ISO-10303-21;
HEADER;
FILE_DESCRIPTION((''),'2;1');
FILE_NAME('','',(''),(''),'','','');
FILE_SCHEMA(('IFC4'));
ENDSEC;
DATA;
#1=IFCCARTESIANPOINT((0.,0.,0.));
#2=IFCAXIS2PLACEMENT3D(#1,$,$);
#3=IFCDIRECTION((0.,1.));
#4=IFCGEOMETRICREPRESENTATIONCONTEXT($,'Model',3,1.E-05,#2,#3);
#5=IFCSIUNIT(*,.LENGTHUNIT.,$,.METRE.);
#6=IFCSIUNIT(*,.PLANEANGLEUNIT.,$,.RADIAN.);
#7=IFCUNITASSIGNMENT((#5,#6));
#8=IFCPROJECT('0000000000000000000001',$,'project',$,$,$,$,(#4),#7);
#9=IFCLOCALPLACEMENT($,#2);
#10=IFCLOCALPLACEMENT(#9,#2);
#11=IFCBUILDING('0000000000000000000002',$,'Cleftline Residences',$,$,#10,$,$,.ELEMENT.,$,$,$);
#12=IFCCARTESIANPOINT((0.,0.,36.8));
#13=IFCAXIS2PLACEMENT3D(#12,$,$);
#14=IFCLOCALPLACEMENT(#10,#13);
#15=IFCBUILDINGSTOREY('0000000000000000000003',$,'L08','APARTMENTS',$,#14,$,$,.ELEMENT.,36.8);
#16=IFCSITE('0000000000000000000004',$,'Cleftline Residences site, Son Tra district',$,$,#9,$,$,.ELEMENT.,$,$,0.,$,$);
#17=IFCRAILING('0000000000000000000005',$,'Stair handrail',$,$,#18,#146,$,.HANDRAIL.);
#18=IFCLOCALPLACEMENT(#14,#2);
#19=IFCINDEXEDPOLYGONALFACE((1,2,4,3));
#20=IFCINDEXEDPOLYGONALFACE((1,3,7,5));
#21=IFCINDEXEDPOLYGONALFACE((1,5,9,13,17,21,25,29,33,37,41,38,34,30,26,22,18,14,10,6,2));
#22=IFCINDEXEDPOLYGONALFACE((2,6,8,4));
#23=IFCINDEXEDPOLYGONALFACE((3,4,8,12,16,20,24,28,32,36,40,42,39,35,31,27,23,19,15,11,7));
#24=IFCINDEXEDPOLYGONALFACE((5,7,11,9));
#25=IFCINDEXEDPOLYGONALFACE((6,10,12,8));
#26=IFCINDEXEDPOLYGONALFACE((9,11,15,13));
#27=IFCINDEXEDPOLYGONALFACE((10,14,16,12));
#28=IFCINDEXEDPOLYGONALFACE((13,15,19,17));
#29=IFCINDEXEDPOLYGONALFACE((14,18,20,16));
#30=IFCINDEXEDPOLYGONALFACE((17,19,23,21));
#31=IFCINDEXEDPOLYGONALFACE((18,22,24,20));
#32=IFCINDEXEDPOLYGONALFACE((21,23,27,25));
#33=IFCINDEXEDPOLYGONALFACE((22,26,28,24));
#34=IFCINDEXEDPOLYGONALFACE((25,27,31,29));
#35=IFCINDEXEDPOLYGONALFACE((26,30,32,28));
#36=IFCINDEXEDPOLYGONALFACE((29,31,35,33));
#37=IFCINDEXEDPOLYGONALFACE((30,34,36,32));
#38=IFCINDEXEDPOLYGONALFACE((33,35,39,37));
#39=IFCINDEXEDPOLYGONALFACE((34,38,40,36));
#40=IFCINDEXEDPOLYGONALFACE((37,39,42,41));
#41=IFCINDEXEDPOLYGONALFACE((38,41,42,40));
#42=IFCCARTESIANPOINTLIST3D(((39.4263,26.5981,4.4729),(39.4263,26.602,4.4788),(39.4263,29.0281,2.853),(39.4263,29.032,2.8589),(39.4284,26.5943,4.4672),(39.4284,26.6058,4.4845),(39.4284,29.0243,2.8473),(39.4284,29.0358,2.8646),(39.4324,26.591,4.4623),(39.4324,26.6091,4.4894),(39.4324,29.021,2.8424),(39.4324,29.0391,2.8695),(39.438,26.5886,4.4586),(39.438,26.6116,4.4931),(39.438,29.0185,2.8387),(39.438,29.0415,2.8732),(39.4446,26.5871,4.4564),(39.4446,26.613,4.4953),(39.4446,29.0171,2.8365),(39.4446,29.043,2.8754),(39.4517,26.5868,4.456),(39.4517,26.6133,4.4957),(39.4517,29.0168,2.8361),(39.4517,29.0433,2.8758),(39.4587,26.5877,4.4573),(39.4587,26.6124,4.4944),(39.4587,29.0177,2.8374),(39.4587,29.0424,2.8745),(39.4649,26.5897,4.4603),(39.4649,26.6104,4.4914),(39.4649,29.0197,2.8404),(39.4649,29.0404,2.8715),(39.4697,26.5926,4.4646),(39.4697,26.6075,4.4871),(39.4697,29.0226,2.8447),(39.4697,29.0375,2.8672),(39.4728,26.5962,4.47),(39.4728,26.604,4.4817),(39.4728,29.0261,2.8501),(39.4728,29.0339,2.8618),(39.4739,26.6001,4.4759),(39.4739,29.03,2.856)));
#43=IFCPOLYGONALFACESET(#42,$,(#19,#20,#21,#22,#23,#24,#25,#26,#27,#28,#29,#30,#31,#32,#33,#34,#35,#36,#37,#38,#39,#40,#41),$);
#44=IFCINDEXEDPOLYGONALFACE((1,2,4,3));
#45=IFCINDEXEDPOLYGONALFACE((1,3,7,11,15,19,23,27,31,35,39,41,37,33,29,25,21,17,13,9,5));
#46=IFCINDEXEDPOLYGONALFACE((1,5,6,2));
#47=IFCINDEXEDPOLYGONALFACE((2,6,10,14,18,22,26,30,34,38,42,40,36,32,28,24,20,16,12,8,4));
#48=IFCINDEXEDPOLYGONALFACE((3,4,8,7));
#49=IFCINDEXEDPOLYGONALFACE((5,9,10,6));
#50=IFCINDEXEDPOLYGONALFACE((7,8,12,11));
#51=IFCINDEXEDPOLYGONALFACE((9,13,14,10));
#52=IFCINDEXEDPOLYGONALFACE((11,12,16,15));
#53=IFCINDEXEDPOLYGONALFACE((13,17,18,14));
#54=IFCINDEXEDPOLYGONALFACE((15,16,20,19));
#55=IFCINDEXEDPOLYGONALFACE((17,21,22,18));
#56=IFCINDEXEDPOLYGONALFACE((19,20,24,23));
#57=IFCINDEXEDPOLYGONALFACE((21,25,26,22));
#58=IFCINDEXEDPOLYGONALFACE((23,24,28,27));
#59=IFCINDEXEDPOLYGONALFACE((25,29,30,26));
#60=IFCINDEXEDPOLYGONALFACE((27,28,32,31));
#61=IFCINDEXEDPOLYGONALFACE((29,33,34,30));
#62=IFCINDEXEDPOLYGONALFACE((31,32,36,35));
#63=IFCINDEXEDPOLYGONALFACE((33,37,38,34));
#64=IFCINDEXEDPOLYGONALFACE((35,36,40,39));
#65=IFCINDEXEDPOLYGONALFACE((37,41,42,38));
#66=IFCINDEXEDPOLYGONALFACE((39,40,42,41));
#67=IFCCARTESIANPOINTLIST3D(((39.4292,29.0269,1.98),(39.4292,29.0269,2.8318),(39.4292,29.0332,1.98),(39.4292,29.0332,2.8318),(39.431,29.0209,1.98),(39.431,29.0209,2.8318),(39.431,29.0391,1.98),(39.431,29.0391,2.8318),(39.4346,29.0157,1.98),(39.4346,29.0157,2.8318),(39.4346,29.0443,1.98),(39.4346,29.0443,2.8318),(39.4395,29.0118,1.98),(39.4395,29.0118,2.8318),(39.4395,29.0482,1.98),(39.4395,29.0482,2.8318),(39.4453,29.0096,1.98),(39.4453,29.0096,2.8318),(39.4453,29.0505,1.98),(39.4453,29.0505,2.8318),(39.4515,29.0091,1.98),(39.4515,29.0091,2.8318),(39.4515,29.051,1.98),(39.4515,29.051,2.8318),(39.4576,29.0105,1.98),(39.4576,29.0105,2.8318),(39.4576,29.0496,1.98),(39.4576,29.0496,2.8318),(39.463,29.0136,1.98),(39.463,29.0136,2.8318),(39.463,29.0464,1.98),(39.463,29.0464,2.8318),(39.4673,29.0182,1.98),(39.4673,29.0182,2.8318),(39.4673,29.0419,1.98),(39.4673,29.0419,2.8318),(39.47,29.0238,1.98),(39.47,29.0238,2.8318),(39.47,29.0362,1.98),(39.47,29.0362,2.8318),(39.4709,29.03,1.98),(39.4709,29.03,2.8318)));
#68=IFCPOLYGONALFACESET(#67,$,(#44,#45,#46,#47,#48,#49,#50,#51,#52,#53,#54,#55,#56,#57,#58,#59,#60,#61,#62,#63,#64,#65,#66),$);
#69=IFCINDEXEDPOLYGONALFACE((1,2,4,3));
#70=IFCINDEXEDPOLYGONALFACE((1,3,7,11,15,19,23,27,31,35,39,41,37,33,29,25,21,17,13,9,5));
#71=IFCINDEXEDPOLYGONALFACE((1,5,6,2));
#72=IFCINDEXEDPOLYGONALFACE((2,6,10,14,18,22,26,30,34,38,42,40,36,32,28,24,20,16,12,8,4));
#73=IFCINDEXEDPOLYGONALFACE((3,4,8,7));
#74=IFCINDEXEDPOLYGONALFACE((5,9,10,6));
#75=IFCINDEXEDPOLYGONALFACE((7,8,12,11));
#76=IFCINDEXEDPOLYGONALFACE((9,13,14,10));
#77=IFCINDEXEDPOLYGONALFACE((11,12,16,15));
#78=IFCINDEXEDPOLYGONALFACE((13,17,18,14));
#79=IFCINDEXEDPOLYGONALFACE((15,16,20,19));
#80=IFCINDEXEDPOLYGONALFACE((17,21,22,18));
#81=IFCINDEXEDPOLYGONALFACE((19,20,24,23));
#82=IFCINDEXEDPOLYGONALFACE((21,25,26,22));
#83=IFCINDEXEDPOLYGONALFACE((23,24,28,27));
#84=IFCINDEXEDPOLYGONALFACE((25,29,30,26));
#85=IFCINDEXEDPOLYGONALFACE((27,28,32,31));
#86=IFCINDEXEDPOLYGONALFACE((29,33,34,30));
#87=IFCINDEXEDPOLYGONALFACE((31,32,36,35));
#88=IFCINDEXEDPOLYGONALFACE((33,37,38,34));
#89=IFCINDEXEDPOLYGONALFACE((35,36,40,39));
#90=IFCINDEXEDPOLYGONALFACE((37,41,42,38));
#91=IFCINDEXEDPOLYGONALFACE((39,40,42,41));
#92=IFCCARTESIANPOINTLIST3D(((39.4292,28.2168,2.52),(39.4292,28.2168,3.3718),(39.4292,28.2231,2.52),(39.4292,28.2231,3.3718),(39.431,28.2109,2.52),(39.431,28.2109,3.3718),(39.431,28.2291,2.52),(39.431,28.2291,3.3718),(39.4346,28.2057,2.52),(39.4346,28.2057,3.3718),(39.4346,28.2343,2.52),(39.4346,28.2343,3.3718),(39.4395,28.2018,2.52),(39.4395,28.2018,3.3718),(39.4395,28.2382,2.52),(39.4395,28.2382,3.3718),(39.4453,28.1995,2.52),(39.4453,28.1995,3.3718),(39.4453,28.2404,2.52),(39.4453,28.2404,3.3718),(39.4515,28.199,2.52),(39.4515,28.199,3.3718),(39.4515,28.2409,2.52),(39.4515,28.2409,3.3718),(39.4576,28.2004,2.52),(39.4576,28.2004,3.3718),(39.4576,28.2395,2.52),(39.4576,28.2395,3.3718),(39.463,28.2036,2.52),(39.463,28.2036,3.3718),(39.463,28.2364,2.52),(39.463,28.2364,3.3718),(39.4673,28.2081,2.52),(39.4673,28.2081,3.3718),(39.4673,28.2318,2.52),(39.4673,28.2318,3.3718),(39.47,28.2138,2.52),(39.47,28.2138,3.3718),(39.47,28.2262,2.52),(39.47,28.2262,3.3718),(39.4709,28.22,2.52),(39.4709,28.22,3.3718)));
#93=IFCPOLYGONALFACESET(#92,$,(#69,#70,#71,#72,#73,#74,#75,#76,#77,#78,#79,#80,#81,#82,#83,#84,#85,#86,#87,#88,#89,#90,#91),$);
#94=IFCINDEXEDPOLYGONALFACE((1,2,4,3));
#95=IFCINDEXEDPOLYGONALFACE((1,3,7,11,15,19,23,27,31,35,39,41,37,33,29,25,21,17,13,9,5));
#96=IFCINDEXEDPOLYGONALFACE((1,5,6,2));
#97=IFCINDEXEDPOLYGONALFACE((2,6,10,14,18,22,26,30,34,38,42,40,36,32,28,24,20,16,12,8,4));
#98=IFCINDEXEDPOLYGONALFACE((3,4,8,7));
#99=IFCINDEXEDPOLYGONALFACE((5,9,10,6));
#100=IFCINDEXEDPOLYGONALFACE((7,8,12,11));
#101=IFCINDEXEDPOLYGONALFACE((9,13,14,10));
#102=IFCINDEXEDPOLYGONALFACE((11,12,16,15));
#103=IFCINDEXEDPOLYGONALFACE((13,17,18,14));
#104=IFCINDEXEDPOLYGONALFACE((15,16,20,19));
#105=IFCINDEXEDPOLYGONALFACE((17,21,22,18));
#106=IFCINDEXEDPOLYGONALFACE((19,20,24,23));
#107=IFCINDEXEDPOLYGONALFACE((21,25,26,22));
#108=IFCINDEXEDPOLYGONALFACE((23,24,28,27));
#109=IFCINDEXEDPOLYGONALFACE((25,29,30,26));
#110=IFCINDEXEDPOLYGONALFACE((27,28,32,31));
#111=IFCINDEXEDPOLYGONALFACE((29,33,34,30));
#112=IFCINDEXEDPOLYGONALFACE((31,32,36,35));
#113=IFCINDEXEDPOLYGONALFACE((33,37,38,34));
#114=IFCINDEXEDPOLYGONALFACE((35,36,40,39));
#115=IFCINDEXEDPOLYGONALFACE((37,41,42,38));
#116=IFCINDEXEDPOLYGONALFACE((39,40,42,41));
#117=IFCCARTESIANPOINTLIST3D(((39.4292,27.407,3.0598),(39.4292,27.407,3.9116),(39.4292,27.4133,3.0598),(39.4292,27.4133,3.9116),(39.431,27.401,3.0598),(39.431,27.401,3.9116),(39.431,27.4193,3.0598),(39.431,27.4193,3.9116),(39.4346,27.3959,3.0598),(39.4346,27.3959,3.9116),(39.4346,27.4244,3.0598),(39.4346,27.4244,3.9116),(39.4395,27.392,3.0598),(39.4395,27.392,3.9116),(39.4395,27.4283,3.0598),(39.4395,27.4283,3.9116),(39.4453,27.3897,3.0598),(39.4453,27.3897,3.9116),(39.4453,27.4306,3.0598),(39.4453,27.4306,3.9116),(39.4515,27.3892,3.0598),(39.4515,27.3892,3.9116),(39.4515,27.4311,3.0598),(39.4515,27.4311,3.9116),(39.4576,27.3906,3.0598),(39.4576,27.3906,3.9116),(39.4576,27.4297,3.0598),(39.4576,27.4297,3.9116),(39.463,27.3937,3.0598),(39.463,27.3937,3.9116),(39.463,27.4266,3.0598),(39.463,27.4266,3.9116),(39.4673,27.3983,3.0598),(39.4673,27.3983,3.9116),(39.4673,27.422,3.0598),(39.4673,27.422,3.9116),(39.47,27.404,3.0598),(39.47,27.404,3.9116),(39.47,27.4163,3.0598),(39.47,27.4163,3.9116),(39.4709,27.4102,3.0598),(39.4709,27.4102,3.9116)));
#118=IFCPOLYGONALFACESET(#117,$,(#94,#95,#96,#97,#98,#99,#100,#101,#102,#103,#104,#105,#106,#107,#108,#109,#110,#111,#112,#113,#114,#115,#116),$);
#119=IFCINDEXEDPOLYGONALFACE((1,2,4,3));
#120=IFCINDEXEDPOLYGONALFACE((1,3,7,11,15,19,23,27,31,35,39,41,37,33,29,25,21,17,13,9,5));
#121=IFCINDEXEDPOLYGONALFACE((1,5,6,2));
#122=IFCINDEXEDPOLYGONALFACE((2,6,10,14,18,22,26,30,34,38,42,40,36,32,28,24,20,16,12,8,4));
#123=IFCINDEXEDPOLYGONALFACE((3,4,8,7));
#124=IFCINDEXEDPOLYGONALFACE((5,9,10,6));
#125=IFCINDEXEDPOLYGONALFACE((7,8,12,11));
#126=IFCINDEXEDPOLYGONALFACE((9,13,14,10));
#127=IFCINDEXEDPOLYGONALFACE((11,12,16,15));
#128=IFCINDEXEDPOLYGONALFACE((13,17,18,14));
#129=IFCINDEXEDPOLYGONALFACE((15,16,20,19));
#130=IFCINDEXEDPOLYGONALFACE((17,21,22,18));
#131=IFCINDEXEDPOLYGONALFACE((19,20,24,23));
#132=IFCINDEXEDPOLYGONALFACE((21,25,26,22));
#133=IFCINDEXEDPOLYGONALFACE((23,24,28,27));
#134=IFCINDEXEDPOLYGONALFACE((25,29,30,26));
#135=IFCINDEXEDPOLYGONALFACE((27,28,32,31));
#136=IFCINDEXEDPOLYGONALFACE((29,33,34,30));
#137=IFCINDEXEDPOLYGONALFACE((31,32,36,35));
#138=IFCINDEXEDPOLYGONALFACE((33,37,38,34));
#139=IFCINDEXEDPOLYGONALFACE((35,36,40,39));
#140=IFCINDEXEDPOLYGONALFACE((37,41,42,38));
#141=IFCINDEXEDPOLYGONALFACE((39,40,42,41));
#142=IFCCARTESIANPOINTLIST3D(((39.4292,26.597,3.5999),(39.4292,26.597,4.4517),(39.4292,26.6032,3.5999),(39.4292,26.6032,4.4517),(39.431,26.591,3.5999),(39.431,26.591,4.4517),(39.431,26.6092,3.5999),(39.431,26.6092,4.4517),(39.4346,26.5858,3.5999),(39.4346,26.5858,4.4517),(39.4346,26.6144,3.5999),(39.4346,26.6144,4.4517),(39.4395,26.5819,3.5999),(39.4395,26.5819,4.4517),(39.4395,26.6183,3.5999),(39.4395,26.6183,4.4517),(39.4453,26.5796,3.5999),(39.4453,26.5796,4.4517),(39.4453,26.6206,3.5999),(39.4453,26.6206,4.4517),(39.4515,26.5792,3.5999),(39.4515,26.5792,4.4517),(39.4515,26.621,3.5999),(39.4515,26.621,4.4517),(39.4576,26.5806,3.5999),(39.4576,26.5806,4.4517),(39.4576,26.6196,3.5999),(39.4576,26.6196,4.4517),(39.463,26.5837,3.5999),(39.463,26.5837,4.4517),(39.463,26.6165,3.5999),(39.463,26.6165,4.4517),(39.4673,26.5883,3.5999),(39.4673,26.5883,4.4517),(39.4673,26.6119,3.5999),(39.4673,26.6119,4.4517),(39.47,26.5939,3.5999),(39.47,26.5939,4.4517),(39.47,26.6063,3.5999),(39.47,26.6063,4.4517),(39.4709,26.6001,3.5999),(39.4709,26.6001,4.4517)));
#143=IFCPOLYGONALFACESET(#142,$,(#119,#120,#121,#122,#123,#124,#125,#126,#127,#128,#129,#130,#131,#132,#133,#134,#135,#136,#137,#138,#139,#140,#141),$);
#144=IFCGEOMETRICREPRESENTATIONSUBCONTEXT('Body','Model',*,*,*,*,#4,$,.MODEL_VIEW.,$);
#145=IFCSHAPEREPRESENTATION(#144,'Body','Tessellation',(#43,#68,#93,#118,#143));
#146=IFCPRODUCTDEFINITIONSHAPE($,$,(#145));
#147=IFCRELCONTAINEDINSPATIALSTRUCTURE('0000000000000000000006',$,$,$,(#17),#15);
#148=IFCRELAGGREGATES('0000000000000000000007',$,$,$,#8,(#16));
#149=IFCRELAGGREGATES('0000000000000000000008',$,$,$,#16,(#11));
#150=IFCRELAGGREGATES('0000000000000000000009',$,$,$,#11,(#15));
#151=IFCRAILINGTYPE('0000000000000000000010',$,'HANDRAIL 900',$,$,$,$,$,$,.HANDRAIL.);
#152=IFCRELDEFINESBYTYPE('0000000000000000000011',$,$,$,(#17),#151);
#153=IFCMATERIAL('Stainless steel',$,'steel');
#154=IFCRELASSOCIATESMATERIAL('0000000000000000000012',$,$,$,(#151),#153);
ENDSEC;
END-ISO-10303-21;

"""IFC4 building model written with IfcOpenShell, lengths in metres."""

from ifc_helpers import new_model, si_unit, direction, frame, origin, origin_2d, place, context, subcontext, project, spatial, circle, extrude, material, type_object, element, save


model = new_model("IFC4")

# Units and contexts
model_context = context("Model", 3, precision=1e-05, world=origin(), true_north=direction((0.0, 1.0)))
body_context = subcontext(model_context, "Body", "Model", "MODEL_VIEW")
ifc_project = project(units=[si_unit("LENGTHUNIT", "METRE"), si_unit("PLANEANGLEUNIT", "RADIAN")], contexts=[model_context])

# Site, building, storey
site_placement = place(None, origin())
site = spatial("IfcSite", under=ifc_project, at=site_placement, Name="Cleftline Residences site, Son Tra district", CompositionType="ELEMENT", RefElevation=0.0)
building_placement = place(site_placement, origin())
building = spatial("IfcBuilding", under=site, at=building_placement, Name="Cleftline Residences", CompositionType="ELEMENT")
storey_placement = place(building_placement, frame((0.0, 0.0, 36.8)))
storey = spatial("IfcBuildingStorey", under=building, at=storey_placement, Name="L08", Description="APARTMENTS", CompositionType="ELEMENT", Elevation=36.8)

# Railing
ifc_material_1 = material(Name="Stainless steel", Category="steel")
railing_type = type_object("IfcRailingType", Name="HANDRAIL 900", PredefinedType="HANDRAIL", material=ifc_material_1)
railing_1_placement = place(storey_placement, frame((39.45, 29.03, 1.98)))
element("IfcRailing", 1, at=railing_1_placement, inside=storey, type_object=railing_type, Name="Stair handrail", PredefinedType="HANDRAIL", context=body_context, shape_type="SweptSolid", body=[
    extrude(circle(Radius=0.0239, at=origin_2d()), frame((0.0, 0.0, 0.876), z_axis=(0.0, -0.832063, 0.554681), x_axis=(1.0, 0.0, 0.0)), (0.0, 0.0, 1.0), 2.9204),
    extrude(circle(Radius=0.021, at=origin_2d()), origin(), (0.0, 0.0, 1.0), 0.8518),
    extrude(circle(Radius=0.021, at=origin_2d()), frame((0.0, -0.8101, 0.54)), (0.0, 0.0, 1.0), 0.8518),
    extrude(circle(Radius=0.021, at=origin_2d()), frame((0.0, -1.6199, 1.0798)), (0.0, 0.0, 1.0), 0.8518),
    extrude(circle(Radius=0.021, at=origin_2d()), frame((0.0, -2.4299, 1.6199)), (0.0, 0.0, 1.0), 0.8518),
])

save(model, "model.ifc")
